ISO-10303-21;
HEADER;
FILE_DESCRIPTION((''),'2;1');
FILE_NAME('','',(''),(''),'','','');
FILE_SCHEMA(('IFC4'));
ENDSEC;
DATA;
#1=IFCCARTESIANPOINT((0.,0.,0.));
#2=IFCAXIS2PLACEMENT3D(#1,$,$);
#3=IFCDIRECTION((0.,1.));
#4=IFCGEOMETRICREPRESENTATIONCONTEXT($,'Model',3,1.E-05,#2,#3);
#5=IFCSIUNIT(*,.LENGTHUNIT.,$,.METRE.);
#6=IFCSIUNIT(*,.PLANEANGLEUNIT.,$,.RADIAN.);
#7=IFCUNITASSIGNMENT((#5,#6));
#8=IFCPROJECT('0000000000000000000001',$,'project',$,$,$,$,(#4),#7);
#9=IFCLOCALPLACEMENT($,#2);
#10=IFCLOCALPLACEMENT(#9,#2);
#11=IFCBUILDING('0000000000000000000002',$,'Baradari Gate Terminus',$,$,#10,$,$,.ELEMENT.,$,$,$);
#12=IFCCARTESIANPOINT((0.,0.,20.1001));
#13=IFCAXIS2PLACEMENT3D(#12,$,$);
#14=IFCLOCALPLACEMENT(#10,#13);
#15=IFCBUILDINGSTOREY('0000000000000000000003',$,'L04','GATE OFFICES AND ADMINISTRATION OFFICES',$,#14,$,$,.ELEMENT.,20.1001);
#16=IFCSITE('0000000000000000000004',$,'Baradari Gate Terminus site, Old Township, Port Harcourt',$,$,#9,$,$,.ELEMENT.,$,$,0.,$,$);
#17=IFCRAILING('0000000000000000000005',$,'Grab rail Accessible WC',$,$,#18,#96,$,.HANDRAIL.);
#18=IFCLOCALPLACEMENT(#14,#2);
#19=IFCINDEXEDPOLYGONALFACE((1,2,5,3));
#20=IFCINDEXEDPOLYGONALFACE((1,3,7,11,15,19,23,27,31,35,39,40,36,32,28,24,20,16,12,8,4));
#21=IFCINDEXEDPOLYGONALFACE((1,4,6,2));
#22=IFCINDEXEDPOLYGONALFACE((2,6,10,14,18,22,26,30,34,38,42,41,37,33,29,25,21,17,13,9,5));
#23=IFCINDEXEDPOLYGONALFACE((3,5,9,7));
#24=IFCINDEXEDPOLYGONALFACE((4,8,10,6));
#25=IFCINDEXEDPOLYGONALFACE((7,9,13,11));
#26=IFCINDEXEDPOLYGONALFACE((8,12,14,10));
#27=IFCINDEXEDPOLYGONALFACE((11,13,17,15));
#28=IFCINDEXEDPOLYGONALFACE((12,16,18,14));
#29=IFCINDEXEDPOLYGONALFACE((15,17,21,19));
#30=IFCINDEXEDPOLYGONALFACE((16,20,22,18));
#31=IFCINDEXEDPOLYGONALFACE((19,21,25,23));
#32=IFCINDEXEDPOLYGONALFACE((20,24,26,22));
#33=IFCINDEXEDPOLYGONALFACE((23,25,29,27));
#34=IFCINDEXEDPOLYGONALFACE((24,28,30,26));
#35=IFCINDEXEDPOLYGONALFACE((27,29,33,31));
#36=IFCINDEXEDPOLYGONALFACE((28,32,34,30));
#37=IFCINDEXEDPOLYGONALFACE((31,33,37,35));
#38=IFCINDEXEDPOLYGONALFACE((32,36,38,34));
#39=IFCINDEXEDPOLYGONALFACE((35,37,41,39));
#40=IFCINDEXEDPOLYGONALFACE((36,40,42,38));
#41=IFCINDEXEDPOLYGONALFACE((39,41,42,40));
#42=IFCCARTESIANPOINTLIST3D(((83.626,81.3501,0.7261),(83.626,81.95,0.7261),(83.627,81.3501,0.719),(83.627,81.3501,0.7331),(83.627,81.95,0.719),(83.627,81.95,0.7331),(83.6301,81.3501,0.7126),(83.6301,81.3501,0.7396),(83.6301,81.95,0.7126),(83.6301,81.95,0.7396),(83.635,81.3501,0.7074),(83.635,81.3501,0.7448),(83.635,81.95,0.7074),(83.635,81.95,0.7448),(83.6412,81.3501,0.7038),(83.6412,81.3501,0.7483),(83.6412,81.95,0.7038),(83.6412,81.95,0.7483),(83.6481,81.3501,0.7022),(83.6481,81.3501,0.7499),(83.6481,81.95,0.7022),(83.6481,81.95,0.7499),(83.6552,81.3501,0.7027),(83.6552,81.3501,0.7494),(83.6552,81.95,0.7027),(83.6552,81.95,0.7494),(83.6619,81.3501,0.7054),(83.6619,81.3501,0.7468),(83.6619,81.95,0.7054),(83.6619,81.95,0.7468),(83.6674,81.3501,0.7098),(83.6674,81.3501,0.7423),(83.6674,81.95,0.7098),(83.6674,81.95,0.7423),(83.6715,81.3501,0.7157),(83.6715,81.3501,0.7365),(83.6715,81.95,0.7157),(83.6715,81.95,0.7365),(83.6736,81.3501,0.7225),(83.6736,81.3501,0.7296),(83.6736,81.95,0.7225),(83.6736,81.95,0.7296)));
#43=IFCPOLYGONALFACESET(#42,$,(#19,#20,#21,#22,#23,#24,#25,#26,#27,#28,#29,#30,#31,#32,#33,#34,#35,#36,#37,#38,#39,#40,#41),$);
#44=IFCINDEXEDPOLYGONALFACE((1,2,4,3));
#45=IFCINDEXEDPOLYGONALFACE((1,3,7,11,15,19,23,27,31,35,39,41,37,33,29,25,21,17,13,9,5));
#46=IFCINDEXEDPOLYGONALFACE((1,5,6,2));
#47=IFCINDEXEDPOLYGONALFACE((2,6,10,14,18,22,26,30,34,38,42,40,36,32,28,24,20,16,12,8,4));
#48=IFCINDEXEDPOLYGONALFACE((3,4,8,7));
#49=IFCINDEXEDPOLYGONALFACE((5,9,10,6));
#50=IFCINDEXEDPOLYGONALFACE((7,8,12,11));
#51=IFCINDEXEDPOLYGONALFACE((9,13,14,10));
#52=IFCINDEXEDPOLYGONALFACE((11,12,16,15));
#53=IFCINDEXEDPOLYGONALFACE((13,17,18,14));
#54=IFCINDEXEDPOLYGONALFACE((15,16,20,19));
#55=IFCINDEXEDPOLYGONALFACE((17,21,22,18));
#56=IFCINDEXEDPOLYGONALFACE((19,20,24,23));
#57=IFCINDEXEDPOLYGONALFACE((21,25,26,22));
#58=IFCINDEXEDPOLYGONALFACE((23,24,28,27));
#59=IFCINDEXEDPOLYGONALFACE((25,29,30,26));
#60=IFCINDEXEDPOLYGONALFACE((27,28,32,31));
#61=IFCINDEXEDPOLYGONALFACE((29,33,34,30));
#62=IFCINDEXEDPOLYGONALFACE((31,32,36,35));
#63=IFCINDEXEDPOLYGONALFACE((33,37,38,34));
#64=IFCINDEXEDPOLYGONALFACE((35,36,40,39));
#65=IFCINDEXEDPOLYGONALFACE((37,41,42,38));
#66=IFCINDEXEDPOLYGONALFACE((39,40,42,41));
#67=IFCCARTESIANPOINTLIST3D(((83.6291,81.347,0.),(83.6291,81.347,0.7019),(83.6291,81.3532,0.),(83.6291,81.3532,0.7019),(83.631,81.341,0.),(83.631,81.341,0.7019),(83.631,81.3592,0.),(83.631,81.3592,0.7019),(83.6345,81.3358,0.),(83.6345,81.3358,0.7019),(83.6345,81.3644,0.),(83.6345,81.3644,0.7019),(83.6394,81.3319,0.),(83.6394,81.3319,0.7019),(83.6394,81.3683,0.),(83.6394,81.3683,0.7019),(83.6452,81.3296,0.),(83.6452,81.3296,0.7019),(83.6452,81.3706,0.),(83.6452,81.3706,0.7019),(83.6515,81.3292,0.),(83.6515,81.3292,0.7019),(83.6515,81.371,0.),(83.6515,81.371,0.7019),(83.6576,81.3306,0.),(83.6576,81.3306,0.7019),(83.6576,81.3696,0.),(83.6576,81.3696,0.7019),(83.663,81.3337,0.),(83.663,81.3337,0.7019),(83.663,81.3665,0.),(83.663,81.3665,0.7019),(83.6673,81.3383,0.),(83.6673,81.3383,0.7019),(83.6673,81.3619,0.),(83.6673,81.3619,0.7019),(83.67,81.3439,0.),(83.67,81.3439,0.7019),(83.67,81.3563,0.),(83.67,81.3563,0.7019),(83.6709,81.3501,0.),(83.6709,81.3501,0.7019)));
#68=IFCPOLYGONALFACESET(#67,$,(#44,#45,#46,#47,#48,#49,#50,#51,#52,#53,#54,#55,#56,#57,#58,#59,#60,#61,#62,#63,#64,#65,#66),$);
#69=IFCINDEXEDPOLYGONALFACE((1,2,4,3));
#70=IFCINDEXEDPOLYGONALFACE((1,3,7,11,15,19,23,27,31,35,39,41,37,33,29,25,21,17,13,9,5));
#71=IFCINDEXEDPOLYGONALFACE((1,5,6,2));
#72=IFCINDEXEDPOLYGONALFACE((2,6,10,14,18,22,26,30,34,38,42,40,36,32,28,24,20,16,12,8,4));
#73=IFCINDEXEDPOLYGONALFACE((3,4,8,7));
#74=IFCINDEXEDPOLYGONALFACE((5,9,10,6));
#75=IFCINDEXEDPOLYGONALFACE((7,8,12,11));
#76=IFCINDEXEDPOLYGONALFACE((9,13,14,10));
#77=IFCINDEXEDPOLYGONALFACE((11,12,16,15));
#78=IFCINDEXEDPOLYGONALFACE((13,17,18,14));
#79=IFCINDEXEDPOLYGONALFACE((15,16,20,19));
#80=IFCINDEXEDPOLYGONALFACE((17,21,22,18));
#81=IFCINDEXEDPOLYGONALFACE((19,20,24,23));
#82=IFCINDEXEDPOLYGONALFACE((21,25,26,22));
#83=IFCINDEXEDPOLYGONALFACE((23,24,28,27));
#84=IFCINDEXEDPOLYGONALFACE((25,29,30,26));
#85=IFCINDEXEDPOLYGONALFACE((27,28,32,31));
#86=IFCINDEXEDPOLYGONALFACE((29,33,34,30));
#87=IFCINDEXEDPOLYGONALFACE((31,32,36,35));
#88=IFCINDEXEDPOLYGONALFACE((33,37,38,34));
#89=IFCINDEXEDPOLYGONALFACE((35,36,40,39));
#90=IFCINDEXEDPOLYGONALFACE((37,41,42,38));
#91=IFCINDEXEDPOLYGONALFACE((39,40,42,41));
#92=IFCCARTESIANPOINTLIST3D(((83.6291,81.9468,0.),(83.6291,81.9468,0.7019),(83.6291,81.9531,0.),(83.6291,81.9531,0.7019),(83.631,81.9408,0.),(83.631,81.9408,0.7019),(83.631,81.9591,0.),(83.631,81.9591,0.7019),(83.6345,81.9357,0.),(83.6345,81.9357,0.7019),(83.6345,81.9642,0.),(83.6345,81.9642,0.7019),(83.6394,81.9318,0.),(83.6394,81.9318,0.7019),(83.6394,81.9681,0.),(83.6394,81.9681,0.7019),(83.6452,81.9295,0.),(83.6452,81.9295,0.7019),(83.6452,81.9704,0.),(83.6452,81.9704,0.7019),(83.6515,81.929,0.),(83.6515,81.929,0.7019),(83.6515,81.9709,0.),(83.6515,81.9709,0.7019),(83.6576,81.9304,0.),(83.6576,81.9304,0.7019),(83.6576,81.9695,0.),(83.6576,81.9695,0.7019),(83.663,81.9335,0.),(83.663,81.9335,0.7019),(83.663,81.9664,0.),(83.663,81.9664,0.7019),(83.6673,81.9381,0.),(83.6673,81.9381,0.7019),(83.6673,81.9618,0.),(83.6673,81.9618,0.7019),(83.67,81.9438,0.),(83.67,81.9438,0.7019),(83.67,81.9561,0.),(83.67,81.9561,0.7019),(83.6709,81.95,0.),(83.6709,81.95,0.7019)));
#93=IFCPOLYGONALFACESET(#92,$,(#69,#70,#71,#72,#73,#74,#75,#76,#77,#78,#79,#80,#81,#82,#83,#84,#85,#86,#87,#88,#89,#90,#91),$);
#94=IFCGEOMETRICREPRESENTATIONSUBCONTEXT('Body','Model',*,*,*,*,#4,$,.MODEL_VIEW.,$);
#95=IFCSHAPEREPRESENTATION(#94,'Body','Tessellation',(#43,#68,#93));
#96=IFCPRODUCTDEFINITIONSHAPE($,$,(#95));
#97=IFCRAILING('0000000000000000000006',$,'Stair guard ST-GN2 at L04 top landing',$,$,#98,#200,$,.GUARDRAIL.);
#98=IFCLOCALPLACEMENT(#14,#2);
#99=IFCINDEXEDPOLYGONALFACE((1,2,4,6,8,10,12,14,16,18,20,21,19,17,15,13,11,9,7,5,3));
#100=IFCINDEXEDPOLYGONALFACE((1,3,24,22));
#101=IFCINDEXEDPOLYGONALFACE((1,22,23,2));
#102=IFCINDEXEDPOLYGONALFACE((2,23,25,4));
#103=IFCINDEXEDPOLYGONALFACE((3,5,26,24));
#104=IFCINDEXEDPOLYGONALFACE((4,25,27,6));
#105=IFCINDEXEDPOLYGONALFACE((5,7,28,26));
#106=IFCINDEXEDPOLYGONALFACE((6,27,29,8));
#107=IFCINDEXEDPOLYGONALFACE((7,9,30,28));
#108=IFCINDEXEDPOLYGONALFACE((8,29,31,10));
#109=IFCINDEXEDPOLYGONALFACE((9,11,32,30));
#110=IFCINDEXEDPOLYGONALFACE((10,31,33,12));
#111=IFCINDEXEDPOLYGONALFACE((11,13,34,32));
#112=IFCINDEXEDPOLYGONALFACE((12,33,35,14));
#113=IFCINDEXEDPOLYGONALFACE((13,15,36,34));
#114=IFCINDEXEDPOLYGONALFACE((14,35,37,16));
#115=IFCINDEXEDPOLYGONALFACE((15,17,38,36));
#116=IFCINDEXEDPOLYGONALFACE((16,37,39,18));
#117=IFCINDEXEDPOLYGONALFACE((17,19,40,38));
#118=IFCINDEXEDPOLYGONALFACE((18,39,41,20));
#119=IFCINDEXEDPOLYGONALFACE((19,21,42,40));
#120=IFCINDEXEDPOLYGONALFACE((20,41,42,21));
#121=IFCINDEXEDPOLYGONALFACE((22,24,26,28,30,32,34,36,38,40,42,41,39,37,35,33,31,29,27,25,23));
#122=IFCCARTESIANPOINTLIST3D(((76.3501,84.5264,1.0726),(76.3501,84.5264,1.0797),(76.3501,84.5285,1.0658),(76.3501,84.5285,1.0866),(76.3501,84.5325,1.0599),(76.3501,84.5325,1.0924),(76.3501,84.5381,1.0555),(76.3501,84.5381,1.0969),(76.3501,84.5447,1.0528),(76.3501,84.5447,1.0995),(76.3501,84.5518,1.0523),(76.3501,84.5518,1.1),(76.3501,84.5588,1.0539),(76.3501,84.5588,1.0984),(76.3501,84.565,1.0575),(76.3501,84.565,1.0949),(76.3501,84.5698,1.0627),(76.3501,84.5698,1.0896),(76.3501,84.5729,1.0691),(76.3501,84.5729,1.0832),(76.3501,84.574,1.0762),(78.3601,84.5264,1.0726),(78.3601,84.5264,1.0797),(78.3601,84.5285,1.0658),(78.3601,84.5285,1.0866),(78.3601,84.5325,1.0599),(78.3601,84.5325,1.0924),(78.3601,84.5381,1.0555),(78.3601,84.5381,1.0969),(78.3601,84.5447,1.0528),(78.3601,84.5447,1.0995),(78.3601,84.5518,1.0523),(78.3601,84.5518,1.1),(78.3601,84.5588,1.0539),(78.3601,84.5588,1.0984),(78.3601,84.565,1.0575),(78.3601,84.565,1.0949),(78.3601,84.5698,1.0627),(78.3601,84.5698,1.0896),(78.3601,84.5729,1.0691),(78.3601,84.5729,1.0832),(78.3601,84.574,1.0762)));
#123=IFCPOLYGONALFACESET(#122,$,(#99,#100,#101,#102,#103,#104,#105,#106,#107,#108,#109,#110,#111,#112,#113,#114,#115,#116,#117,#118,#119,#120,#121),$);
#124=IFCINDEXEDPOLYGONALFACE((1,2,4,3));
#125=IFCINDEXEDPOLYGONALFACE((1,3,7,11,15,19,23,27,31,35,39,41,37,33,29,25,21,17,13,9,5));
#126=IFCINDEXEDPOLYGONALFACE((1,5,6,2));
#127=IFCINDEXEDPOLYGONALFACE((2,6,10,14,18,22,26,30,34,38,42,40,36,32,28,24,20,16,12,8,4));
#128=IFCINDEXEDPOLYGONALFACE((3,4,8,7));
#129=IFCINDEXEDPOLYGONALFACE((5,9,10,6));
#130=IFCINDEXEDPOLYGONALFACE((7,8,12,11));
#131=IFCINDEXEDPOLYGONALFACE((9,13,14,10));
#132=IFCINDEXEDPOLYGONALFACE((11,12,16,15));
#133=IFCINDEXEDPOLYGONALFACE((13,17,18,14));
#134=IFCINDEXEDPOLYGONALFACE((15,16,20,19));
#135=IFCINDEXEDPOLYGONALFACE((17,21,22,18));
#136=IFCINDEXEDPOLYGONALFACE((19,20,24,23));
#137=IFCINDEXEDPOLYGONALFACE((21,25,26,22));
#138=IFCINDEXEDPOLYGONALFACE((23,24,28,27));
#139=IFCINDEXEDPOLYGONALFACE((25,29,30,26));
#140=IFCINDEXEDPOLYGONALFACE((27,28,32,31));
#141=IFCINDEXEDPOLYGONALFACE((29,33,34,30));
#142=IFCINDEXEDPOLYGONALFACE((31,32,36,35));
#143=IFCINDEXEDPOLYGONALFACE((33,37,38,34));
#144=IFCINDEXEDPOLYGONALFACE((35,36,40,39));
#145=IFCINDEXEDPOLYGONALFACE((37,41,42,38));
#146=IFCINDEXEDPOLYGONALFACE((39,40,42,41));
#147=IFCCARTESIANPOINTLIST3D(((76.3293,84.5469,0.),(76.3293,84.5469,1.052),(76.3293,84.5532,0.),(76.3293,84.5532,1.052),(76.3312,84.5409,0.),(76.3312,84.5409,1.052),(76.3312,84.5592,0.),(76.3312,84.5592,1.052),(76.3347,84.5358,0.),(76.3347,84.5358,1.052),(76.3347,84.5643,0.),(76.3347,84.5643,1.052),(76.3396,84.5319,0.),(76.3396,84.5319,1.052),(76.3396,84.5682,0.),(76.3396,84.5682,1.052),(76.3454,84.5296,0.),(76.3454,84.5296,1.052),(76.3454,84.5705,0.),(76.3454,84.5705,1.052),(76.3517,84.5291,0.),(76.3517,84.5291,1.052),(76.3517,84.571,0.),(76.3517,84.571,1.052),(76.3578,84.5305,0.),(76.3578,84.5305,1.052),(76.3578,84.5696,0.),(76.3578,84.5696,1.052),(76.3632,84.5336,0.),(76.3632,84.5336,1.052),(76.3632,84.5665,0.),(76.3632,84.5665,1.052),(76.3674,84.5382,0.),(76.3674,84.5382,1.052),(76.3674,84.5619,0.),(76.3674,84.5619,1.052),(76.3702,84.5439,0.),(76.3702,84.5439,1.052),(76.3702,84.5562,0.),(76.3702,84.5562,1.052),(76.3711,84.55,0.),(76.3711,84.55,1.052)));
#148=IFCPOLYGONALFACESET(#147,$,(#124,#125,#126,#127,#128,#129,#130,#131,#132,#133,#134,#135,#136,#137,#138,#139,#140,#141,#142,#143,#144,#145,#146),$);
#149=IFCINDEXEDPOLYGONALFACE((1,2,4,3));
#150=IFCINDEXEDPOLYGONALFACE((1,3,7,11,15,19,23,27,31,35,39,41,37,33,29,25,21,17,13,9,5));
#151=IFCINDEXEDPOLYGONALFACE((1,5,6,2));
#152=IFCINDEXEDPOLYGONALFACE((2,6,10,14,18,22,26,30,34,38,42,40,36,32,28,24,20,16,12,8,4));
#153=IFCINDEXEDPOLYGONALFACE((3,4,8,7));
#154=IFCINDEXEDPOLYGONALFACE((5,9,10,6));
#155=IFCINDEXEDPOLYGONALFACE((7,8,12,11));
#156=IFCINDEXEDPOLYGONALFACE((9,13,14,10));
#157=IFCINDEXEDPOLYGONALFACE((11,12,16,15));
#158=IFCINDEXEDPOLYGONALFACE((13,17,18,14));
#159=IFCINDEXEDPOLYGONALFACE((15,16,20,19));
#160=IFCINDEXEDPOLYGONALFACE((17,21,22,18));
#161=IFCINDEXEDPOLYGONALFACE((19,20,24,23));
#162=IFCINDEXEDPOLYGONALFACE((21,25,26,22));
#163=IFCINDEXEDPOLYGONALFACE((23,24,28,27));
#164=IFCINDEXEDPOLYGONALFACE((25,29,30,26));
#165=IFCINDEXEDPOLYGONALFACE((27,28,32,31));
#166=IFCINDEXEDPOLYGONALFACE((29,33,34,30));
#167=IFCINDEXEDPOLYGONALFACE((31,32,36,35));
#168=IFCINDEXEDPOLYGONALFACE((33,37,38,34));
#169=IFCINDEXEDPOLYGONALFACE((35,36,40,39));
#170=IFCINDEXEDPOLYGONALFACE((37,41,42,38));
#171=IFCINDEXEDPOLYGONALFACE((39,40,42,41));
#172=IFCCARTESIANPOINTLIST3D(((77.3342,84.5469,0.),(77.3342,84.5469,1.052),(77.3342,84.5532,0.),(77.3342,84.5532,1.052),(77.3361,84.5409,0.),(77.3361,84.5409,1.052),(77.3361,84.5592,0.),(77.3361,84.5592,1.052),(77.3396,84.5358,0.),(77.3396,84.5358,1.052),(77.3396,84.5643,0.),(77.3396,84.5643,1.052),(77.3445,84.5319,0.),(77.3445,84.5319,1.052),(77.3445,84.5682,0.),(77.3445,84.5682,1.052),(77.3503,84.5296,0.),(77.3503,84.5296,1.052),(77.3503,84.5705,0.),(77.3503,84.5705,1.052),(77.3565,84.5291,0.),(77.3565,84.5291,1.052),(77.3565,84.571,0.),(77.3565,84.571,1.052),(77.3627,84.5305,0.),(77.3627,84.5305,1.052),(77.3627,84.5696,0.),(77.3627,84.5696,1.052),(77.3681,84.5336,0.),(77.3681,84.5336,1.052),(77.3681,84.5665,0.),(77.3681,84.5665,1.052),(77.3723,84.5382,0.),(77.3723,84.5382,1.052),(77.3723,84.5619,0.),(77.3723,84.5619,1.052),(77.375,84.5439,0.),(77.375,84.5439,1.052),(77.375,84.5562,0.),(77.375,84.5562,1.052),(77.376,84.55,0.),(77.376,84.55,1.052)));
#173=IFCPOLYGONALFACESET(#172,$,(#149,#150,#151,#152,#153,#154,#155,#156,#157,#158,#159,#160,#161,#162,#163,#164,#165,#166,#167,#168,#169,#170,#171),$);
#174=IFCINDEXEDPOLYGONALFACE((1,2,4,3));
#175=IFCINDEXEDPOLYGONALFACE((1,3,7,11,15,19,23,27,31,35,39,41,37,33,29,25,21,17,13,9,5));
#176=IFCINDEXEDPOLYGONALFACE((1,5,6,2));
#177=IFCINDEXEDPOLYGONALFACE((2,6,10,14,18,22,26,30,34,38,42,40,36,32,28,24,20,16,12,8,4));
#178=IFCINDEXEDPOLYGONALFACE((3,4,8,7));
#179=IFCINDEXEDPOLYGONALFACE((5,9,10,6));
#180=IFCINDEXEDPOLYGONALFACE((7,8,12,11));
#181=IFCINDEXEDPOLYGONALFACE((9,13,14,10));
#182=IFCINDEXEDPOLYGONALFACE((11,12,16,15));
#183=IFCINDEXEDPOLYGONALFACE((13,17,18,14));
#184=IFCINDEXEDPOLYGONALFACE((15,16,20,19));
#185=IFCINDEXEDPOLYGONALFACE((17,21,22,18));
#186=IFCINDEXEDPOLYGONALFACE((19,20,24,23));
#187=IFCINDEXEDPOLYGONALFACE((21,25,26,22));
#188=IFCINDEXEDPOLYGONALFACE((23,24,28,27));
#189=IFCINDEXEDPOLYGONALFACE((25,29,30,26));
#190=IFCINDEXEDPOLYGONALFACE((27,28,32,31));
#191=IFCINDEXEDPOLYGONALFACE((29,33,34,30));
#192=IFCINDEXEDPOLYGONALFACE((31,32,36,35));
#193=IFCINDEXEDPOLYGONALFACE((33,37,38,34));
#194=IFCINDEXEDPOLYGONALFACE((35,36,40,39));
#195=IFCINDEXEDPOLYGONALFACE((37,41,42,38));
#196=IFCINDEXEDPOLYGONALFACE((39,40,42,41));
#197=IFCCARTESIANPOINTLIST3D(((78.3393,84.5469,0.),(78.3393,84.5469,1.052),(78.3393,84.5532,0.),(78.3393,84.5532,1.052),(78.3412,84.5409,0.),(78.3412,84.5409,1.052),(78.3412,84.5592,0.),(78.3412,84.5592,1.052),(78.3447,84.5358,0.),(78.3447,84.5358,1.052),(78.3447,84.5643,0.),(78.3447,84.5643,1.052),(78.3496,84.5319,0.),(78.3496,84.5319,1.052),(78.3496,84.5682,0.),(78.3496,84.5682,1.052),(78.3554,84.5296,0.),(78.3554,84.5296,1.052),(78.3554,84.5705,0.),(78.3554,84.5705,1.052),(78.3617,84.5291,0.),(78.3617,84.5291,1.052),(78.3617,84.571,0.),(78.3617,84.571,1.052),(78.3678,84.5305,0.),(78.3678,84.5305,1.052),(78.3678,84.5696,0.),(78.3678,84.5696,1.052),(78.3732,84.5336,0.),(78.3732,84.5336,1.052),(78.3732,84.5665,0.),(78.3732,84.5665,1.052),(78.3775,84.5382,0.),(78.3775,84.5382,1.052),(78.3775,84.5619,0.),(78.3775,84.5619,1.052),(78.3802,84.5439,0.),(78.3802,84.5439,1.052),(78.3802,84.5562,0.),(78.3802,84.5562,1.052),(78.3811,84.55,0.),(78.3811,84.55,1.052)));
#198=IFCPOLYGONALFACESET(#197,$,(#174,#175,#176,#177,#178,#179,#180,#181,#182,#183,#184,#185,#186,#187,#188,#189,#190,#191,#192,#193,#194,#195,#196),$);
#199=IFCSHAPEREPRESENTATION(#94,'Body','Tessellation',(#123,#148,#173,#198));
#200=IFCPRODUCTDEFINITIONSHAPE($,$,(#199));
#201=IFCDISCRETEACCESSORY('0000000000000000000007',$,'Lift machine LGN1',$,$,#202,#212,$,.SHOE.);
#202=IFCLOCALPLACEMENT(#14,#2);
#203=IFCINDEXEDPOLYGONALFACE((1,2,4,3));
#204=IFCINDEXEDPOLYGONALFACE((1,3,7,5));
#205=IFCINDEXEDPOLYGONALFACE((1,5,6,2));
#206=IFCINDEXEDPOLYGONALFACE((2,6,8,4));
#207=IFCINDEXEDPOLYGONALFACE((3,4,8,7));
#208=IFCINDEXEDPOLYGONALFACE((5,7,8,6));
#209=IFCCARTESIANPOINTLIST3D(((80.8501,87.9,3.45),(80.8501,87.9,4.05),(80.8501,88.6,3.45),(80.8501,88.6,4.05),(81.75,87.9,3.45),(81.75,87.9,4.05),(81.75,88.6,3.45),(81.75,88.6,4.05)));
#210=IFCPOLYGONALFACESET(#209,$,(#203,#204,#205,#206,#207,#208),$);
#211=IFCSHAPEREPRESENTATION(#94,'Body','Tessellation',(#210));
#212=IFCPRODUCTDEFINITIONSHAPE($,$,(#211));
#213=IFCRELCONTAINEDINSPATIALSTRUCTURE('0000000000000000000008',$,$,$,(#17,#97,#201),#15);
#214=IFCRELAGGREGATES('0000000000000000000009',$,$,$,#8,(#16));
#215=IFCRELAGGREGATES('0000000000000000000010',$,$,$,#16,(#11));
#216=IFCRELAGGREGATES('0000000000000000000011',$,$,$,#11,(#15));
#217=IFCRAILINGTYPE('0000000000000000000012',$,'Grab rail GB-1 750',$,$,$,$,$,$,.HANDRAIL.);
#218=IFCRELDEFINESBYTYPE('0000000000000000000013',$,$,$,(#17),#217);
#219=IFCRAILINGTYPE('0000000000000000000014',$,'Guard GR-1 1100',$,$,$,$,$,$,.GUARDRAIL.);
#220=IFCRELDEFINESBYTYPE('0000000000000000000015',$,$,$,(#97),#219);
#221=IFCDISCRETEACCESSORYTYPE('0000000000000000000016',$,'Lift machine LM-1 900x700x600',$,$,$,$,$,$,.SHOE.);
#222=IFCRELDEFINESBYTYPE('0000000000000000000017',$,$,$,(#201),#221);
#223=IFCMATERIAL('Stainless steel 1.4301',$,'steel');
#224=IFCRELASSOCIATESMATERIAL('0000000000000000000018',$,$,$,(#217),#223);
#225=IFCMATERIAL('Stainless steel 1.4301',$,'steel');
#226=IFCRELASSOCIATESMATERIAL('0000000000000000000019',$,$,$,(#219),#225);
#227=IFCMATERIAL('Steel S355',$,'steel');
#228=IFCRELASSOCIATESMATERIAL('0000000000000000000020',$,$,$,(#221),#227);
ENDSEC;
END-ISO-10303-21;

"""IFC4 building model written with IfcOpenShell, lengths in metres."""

from ifc_helpers import new_model, si_unit, direction, frame, origin, origin_2d, place, context, subcontext, project, spatial, rectangle, circle, extrude, material, type_object, element, save


model = new_model("IFC4")

# Units and contexts
model_context = context("Model", 3, precision=1e-05, world=origin(), true_north=direction((0.0, 1.0)))
body_context = subcontext(model_context, "Body", "Model", "MODEL_VIEW")
ifc_project = project(units=[si_unit("LENGTHUNIT", "METRE"), si_unit("PLANEANGLEUNIT", "RADIAN")], contexts=[model_context])

# Site, building, storey
site_placement = place(None, origin())
site = spatial("IfcSite", under=ifc_project, at=site_placement, Name="Baradari Gate Terminus site, Old Township, Port Harcourt", CompositionType="ELEMENT", RefElevation=0.0)
building_placement = place(site_placement, origin())
building = spatial("IfcBuilding", under=site, at=building_placement, Name="Baradari Gate Terminus", CompositionType="ELEMENT")
storey_placement = place(building_placement, frame((0.0, 0.0, 20.1001)))
storey = spatial("IfcBuildingStorey", under=building, at=storey_placement, Name="L04", Description="GATE OFFICES AND ADMINISTRATION OFFICES", CompositionType="ELEMENT", Elevation=20.1001)

# Railings
ifc_material_1 = material(Name="Stainless steel 1.4301", Category="steel")
railing_type_1 = type_object("IfcRailingType", Name="Grab rail GB-1 750", PredefinedType="HANDRAIL", material=ifc_material_1)
railing_1_placement = place(storey_placement, frame((83.6499, 81.3501, 0.0)))
element("IfcRailing", 1, at=railing_1_placement, inside=storey, type_object=railing_type_1, Name="Grab rail Accessible WC", PredefinedType="HANDRAIL", context=body_context, shape_type="SweptSolid", body=[
    extrude(circle(Radius=0.0239, at=origin_2d()), frame((0.0, 0.0, 0.7261), z_axis=(0.0, 1.0, 0.0), x_axis=(-1.0, 0.0, 0.0)), (0.0, 0.0, 1.0), 0.5999),
    extrude(circle(Radius=0.021, at=origin_2d()), origin(), (0.0, 0.0, 1.0), 0.7019),
    extrude(circle(Radius=0.021, at=origin_2d()), frame((0.0, 0.5999, 0.0)), (0.0, 0.0, 1.0), 0.7019),
])
ifc_material_2 = material(Name="Stainless steel 1.4301", Category="steel")
railing_type_2 = type_object("IfcRailingType", Name="Guard GR-1 1100", PredefinedType="GUARDRAIL", material=ifc_material_2)
railing_2_placement = place(storey_placement, frame((76.3501, 84.55, 0.0)))
element("IfcRailing", 2, at=railing_2_placement, inside=storey, type_object=railing_type_2, Name="Stair guard ST-GN2 at L04 top landing", PredefinedType="GUARDRAIL", context=body_context, shape_type="SweptSolid", body=[
    extrude(circle(Radius=0.0239, at=origin_2d()), frame((0.0, 0.0, 1.0762), z_axis=(1.0, 0.0, 0.0), x_axis=(0.0, 1.0, 0.0)), (0.0, 0.0, 1.0), 2.01),
    extrude(circle(Radius=0.021, at=origin_2d()), origin(), (0.0, 0.0, 1.0), 1.052),
    extrude(circle(Radius=0.021, at=origin_2d()), frame((1.0049, 0.0, 0.0)), (0.0, 0.0, 1.0), 1.052),
    extrude(circle(Radius=0.021, at=origin_2d()), frame((2.01, 0.0, 0.0)), (0.0, 0.0, 1.0), 1.052),
])

# Discrete accessory
ifc_material_3 = material(Name="Steel S355", Category="steel")
discrete_accessory_type_1 = type_object("IfcDiscreteAccessoryType", Name="Lift machine LM-1 900x700x600", PredefinedType="SHOE", material=ifc_material_3)
discrete_accessory_placement = place(storey_placement, frame((81.3, 88.25, 3.45), z_axis=(0.0, 0.0, 1.0), x_axis=(1.0, 0.0, 0.0)))
element("IfcDiscreteAccessory", 3, at=discrete_accessory_placement, inside=storey, type_object=discrete_accessory_type_1, Name="Lift machine LGN1", PredefinedType="SHOE", context=body_context, shape_type="SweptSolid", body=[
    extrude(rectangle(XDim=0.8999, YDim=0.7, at=origin_2d()), origin(), (0.0, 0.0, 1.0), 0.6001),
])

save(model, "model.ifc")
